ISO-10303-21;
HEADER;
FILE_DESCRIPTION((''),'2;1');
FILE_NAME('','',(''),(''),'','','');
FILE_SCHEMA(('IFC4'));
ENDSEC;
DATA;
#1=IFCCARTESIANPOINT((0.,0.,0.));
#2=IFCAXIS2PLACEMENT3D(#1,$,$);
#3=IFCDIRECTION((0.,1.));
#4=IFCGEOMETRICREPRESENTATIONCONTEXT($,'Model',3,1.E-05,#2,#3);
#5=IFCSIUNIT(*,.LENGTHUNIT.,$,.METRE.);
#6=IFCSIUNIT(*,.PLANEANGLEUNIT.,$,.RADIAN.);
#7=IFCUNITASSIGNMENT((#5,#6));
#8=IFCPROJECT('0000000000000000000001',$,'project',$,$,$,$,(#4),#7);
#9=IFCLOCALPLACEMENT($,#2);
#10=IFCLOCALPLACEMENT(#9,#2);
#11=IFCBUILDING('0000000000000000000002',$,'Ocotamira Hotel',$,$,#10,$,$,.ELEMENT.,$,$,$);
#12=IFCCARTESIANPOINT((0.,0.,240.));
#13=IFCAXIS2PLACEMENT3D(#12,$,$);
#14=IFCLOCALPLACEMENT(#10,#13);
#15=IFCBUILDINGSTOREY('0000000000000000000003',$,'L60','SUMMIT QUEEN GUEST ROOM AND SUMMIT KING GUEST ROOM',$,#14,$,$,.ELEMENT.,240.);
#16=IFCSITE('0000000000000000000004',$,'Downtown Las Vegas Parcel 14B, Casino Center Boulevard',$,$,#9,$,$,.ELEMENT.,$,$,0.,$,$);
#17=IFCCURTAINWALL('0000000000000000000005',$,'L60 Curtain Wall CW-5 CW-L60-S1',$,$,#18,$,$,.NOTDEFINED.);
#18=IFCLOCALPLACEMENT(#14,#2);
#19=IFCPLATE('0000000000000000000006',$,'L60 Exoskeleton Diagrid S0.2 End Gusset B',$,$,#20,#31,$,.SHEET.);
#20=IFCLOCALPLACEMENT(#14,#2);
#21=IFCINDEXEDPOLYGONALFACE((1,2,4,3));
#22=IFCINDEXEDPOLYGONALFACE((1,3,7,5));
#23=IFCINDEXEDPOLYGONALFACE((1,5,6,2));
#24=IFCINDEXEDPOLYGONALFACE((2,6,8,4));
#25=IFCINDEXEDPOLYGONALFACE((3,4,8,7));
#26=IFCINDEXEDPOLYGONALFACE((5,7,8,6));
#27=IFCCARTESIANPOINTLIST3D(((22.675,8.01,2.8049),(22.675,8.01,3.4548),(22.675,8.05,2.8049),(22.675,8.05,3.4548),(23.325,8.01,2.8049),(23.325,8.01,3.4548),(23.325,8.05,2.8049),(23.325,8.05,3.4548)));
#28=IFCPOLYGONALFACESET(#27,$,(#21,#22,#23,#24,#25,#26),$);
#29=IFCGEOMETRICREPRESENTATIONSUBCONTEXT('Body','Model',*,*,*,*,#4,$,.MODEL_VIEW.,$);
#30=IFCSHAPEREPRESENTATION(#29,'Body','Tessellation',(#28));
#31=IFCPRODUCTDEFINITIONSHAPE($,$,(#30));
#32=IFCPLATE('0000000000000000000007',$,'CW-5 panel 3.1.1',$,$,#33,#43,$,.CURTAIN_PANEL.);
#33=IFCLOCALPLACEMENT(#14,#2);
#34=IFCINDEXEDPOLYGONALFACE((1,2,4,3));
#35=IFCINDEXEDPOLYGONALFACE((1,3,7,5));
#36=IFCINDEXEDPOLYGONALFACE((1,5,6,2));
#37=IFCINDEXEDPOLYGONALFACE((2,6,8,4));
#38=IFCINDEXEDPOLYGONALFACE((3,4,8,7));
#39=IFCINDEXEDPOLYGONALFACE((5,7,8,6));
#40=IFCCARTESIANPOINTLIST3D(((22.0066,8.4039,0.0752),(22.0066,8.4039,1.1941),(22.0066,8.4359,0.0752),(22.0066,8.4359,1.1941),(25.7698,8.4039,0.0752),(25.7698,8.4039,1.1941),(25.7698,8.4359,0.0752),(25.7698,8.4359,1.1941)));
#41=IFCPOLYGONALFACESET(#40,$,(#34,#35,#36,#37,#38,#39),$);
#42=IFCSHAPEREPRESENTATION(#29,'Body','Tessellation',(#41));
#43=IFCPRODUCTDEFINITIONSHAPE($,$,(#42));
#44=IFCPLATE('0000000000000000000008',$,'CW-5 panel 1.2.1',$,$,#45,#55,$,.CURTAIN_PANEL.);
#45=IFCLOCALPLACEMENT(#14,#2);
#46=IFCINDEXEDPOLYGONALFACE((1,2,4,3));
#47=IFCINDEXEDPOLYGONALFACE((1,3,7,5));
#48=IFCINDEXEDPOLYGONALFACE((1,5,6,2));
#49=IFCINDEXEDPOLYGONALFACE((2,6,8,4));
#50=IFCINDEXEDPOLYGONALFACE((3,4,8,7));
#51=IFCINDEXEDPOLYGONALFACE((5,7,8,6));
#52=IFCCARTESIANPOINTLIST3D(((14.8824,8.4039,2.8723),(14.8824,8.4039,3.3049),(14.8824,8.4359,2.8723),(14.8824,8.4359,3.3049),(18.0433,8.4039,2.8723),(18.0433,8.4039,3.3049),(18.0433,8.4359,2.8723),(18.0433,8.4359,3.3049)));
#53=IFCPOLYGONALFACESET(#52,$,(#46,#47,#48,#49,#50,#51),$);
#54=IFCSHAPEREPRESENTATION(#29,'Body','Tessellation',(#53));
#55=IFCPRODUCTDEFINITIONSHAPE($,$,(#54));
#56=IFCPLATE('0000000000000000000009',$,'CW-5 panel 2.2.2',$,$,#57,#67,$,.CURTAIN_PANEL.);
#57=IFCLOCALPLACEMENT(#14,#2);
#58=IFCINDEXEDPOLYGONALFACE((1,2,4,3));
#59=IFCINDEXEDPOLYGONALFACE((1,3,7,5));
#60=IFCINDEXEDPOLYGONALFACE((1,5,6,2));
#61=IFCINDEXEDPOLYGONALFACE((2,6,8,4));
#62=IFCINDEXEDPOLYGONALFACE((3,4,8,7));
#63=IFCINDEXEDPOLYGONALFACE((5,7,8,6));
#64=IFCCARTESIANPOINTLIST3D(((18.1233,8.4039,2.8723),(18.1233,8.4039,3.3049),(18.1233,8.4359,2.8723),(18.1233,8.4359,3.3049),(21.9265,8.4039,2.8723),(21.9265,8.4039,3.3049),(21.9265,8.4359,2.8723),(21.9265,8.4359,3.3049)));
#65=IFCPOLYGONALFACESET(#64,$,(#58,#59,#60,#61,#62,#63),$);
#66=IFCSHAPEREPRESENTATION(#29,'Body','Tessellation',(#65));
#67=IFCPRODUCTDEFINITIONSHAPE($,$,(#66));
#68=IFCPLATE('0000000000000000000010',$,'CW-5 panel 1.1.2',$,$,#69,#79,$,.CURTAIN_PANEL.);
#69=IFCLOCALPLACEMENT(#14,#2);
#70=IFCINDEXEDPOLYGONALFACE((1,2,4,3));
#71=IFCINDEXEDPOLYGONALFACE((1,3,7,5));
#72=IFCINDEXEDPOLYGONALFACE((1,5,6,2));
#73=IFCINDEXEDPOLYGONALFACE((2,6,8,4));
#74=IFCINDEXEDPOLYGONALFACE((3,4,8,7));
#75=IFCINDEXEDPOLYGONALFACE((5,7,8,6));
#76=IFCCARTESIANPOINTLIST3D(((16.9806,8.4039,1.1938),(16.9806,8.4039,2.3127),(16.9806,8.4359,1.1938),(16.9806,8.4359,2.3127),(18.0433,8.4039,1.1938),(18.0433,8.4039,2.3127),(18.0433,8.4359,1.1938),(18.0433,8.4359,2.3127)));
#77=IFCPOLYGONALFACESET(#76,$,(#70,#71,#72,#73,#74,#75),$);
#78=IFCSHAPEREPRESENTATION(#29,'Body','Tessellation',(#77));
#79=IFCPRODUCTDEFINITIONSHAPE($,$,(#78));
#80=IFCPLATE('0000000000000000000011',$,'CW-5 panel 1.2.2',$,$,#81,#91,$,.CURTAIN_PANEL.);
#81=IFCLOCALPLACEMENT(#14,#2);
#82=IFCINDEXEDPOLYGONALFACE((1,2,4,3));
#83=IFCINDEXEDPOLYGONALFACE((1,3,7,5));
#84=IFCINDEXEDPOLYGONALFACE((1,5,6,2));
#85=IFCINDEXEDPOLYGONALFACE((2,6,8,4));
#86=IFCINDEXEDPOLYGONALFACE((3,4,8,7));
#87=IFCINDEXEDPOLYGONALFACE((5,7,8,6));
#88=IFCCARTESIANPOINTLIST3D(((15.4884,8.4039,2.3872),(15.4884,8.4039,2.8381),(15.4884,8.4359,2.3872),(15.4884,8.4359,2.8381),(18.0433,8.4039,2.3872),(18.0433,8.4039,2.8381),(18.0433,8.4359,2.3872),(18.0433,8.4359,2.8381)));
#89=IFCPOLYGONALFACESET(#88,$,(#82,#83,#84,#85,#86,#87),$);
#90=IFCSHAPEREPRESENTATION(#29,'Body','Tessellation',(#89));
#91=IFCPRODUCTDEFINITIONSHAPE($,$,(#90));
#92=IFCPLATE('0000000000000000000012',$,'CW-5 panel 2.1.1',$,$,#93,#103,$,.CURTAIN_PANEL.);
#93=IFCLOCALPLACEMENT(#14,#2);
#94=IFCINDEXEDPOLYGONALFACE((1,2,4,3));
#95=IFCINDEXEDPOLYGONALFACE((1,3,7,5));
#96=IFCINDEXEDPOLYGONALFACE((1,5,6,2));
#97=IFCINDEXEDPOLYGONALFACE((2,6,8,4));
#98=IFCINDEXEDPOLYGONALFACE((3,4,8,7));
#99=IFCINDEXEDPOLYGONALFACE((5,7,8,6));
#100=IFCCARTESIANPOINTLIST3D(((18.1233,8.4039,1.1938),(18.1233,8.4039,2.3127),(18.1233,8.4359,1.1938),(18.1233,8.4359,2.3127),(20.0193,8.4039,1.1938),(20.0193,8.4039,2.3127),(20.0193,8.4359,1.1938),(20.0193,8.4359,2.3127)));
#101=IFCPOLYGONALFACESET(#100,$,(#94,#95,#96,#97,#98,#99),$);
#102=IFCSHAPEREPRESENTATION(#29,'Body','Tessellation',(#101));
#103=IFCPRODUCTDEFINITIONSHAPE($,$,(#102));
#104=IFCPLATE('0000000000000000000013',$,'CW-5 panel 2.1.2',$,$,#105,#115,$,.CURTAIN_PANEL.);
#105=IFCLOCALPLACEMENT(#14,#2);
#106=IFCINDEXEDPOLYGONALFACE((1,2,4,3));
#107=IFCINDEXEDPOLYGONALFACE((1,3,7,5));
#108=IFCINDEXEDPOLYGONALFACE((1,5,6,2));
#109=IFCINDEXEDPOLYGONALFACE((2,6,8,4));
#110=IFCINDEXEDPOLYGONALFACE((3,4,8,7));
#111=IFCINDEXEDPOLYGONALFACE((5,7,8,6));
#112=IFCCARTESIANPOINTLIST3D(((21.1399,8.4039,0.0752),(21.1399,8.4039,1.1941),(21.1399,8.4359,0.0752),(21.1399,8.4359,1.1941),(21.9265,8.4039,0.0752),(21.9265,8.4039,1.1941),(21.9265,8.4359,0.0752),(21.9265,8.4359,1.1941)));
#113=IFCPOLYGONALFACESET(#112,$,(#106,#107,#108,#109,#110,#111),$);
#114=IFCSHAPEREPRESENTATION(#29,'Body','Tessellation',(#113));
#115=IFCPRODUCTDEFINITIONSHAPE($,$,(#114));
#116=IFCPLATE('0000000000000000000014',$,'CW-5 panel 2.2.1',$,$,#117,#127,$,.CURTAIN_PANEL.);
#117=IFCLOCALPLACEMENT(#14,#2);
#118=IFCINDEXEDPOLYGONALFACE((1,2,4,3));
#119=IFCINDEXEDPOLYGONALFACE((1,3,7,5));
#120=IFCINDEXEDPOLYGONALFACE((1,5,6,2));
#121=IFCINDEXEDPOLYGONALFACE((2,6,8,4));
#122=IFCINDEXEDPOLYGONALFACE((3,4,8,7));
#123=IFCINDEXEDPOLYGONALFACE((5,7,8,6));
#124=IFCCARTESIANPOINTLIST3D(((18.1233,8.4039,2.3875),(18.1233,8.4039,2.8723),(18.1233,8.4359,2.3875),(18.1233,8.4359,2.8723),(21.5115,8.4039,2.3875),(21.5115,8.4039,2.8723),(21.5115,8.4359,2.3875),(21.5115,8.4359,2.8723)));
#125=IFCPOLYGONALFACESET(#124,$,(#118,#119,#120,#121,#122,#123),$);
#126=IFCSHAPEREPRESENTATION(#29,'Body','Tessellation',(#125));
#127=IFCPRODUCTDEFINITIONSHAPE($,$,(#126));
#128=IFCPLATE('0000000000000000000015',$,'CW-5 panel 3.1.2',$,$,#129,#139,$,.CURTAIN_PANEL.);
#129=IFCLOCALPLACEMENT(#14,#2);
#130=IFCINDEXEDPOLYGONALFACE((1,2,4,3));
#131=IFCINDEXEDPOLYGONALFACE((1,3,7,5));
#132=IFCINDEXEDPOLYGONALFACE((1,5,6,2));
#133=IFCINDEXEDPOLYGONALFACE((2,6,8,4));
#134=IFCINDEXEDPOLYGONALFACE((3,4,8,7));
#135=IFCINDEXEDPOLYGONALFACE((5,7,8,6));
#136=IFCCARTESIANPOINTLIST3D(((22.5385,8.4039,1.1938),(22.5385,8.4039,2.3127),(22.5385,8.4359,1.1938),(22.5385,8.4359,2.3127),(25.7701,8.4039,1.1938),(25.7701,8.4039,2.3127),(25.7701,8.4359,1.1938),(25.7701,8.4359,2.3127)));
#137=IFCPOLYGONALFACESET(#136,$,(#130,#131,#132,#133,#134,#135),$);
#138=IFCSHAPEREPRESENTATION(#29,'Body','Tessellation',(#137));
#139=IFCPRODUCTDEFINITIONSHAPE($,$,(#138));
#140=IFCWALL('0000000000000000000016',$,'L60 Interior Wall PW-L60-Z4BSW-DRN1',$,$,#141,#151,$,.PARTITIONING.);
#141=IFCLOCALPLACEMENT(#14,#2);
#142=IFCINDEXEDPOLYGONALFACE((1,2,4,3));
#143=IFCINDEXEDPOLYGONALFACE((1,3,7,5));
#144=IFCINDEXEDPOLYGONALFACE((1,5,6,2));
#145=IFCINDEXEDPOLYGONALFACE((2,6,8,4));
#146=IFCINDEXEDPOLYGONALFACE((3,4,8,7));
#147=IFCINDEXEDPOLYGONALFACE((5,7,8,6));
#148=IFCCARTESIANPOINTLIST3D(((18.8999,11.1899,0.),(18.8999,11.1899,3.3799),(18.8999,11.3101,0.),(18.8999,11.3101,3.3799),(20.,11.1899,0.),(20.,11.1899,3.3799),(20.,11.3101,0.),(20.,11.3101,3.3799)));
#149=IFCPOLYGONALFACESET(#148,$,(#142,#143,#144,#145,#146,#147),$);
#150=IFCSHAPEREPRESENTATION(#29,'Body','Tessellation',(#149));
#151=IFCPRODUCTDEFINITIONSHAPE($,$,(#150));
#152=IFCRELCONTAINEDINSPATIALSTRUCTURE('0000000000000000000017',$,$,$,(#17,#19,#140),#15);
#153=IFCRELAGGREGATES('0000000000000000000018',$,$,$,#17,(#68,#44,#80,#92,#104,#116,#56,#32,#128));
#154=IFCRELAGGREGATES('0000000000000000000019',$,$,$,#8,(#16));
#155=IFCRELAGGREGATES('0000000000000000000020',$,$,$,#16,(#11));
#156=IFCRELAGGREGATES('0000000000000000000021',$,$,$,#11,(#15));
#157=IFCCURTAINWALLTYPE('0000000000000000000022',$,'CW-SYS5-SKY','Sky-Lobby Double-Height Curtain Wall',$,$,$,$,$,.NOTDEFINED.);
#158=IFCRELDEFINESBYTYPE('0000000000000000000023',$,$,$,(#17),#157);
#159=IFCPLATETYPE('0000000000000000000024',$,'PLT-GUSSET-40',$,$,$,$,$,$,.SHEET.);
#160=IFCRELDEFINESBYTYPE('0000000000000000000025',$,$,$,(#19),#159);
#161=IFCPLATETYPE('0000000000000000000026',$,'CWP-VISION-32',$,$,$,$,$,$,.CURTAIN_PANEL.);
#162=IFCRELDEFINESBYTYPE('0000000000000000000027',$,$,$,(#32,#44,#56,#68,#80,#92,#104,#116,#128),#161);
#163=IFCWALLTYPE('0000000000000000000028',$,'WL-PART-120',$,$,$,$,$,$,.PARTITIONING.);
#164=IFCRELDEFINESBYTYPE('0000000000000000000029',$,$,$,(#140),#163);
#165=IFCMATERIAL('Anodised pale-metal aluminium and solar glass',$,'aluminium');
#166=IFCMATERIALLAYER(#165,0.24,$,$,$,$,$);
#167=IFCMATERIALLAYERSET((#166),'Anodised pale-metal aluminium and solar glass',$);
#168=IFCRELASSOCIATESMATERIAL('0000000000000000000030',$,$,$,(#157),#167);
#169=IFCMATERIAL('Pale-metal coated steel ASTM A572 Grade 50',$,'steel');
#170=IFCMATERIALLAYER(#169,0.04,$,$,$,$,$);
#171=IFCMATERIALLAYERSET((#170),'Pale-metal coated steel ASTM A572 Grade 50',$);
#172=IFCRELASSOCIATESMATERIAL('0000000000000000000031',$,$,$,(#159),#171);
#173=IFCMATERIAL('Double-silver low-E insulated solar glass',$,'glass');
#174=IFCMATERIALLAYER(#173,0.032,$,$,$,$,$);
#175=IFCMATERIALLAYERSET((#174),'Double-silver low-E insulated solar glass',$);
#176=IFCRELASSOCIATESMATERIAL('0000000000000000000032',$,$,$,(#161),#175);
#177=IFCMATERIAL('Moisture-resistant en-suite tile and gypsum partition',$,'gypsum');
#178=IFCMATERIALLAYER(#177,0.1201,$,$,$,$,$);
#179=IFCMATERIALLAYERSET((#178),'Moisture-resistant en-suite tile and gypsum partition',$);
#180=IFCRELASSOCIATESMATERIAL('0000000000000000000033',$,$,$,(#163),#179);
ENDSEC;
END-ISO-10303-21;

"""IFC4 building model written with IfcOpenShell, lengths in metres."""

from ifc_helpers import new_model, si_unit, direction, frame, frame_2d, origin, origin_2d, place, context, subcontext, project, spatial, rectangle, extrude, source, transform, mapped, material, layer, layer_set, type_object, element, aggregate, save


model = new_model("IFC4")

# Units and contexts
model_context = context("Model", 3, precision=1e-05, world=origin(), true_north=direction((0.0, 1.0)))
body_context = subcontext(model_context, "Body", "Model", "MODEL_VIEW")
ifc_project = project(units=[si_unit("LENGTHUNIT", "METRE"), si_unit("PLANEANGLEUNIT", "RADIAN")], contexts=[model_context])

# Site, building, storey
site_placement = place(None, origin())
site = spatial("IfcSite", under=ifc_project, at=site_placement, Name="Downtown Las Vegas Parcel 14B, Casino Center Boulevard", CompositionType="ELEMENT", RefElevation=0.0)
building_placement = place(site_placement, origin())
building = spatial("IfcBuilding", under=site, at=building_placement, Name="Ocotamira Hotel", CompositionType="ELEMENT")
storey_placement = place(building_placement, frame((0.0, 0.0, 240.0)))
storey = spatial("IfcBuildingStorey", under=building, at=storey_placement, Name="L60", Description="SUMMIT QUEEN GUEST ROOM AND SUMMIT KING GUEST ROOM", CompositionType="ELEMENT", Elevation=240.0)

# Curtain wall
ifc_material_1 = material(Name="Anodised pale-metal aluminium and solar glass", Category="aluminium")
ifc_layer_1 = layer(ifc_material_1, 0.24)
ifc_layer_set_1 = layer_set([ifc_layer_1], Name="Anodised pale-metal aluminium and solar glass")
curtain_wall_type = type_object("IfcCurtainWallType", Name="CW-SYS5-SKY", Description="Sky-Lobby Double-Height Curtain Wall", PredefinedType="NOTDEFINED", material=ifc_layer_set_1)
curtain_wall_placement = place(storey_placement, origin())
curtain_wall = element("IfcCurtainWall", 1, at=curtain_wall_placement, inside=storey, type_object=curtain_wall_type, Name="L60 Curtain Wall CW-5 CW-L60-S1", PredefinedType="NOTDEFINED")

# Plates
ifc_material_2 = material(Name="Pale-metal coated steel ASTM A572 Grade 50", Category="steel")
ifc_layer_2 = layer(ifc_material_2, 0.04)
ifc_layer_set_2 = layer_set([ifc_layer_2], Name="Pale-metal coated steel ASTM A572 Grade 50")
plate_type_1 = type_object("IfcPlateType", Name="PLT-GUSSET-40", PredefinedType="SHEET", material=ifc_layer_set_2)
shared_shape_1 = source(origin(), body_context, "Body", "SweptSolid", [
    extrude(rectangle(XDim=0.6499, YDim=0.04, at=origin_2d()), origin(), (0.0, 0.0, 1.0), 0.6499),
])
plate_1_placement = place(storey_placement, frame((23.0, 8.03, 2.8049), z_axis=(0.0, 0.0, 1.0), x_axis=(1.0, 0.0, 0.0)))
element("IfcPlate", 2, at=plate_1_placement, inside=storey, type_object=plate_type_1, Name="L60 Exoskeleton Diagrid S0.2 End Gusset B", PredefinedType="SHEET", context=body_context, shape_type="MappedRepresentation", body=[
    mapped(shared_shape_1, transform((0.0, 0.0, 0.0), scale=1.0)),
])
ifc_material_3 = material(Name="Double-silver low-E insulated solar glass", Category="glass")
ifc_layer_3 = layer(ifc_material_3, 0.032)
ifc_layer_set_3 = layer_set([ifc_layer_3], Name="Double-silver low-E insulated solar glass")
plate_type_2 = type_object("IfcPlateType", Name="CWP-VISION-32", PredefinedType="CURTAIN_PANEL", material=ifc_layer_set_3)
shared_shape_2 = source(origin(), body_context, "Body", "SweptSolid", [
    extrude(rectangle(XDim=3.7632, YDim=0.032, at=origin_2d()), origin(), (0.0, 0.0, 1.0), 1.1189),
])
plate_2_placement = place(storey_placement, frame((23.8882, 8.4199, 0.0752), z_axis=(0.0, 0.0, 1.0), x_axis=(1.0, 0.0, 0.0)))
plate_2 = element("IfcPlate", 3, at=plate_2_placement, type_object=plate_type_2, Name="CW-5 panel 3.1.1", PredefinedType="CURTAIN_PANEL", context=body_context, shape_type="MappedRepresentation", body=[
    mapped(shared_shape_2, transform((0.0, 0.0, 0.0), scale=1.0)),
])
shared_shape_3 = source(origin(), body_context, "Body", "SweptSolid", [
    extrude(rectangle(XDim=3.1609, YDim=0.032, at=origin_2d()), origin(), (0.0, 0.0, 1.0), 0.4326),
])
plate_3_placement = place(storey_placement, frame((16.4629, 8.4199, 2.8723), z_axis=(0.0, 0.0, 1.0), x_axis=(1.0, 0.0, 0.0)))
plate_3 = element("IfcPlate", 4, at=plate_3_placement, type_object=plate_type_2, Name="CW-5 panel 1.2.1", PredefinedType="CURTAIN_PANEL", context=body_context, shape_type="MappedRepresentation", body=[
    mapped(shared_shape_3, transform((0.0, 0.0, 0.0), scale=1.0)),
])
shared_shape_4 = source(origin(), body_context, "Body", "SweptSolid", [
    extrude(rectangle(XDim=3.8032, YDim=0.032, at=origin_2d()), origin(), (0.0, 0.0, 1.0), 0.4326),
])
plate_4_placement = place(storey_placement, frame((20.0249, 8.4199, 2.8723), z_axis=(0.0, 0.0, 1.0), x_axis=(1.0, 0.0, 0.0)))
plate_4 = element("IfcPlate", 5, at=plate_4_placement, type_object=plate_type_2, Name="CW-5 panel 2.2.2", PredefinedType="CURTAIN_PANEL", context=body_context, shape_type="MappedRepresentation", body=[
    mapped(shared_shape_4, transform((0.0, 0.0, 0.0), scale=1.0)),
])
shared_shape_5 = source(origin(), body_context, "Body", "SweptSolid", [
    extrude(rectangle(XDim=1.0627, YDim=0.032, at=origin_2d()), origin(), (0.0, 0.0, 1.0), 1.1189),
])
plate_5_placement = place(storey_placement, frame((17.512, 8.4199, 1.1938), z_axis=(0.0, 0.0, 1.0), x_axis=(1.0, 0.0, 0.0)))
plate_5 = element("IfcPlate", 6, at=plate_5_placement, type_object=plate_type_2, Name="CW-5 panel 1.1.2", PredefinedType="CURTAIN_PANEL", context=body_context, shape_type="MappedRepresentation", body=[
    mapped(shared_shape_5, transform((0.0, 0.0, 0.0), scale=1.0)),
])
shared_shape_6 = source(origin(), body_context, "Body", "SweptSolid", [
    extrude(rectangle(XDim=2.5549, YDim=0.032, at=origin_2d()), origin(), (0.0, 0.0, 1.0), 0.4509),
])
plate_6_placement = place(storey_placement, frame((16.7659, 8.4199, 2.3872), z_axis=(0.0, 0.0, 1.0), x_axis=(1.0, 0.0, 0.0)))
plate_6 = element("IfcPlate", 7, at=plate_6_placement, type_object=plate_type_2, Name="CW-5 panel 1.2.2", PredefinedType="CURTAIN_PANEL", context=body_context, shape_type="MappedRepresentation", body=[
    mapped(shared_shape_6, transform((0.0, 0.0, 0.0), scale=1.0)),
])
shared_shape_7 = source(origin(), body_context, "Body", "SweptSolid", [
    extrude(rectangle(XDim=1.896, YDim=0.032, at=origin_2d()), origin(), (0.0, 0.0, 1.0), 1.1189),
])
plate_7_placement = place(storey_placement, frame((19.0713, 8.4199, 1.1938), z_axis=(0.0, 0.0, 1.0), x_axis=(1.0, 0.0, 0.0)))
plate_7 = element("IfcPlate", 8, at=plate_7_placement, type_object=plate_type_2, Name="CW-5 panel 2.1.1", PredefinedType="CURTAIN_PANEL", context=body_context, shape_type="MappedRepresentation", body=[
    mapped(shared_shape_7, transform((0.0, 0.0, 0.0), scale=1.0)),
])
shared_shape_8 = source(origin(), body_context, "Body", "SweptSolid", [
    extrude(rectangle(XDim=0.7866, YDim=0.032, at=origin_2d()), origin(), (0.0, 0.0, 1.0), 1.1189),
])
plate_8_placement = place(storey_placement, frame((21.5332, 8.4199, 0.0752), z_axis=(0.0, 0.0, 1.0), x_axis=(1.0, 0.0, 0.0)))
plate_8 = element("IfcPlate", 9, at=plate_8_placement, type_object=plate_type_2, Name="CW-5 panel 2.1.2", PredefinedType="CURTAIN_PANEL", context=body_context, shape_type="MappedRepresentation", body=[
    mapped(shared_shape_8, transform((0.0, 0.0, 0.0), scale=1.0)),
])
shared_shape_9 = source(origin(), body_context, "Body", "SweptSolid", [
    extrude(rectangle(XDim=3.3882, YDim=0.032, at=origin_2d()), origin(), (0.0, 0.0, 1.0), 0.4849),
])
plate_9_placement = place(storey_placement, frame((19.8174, 8.4199, 2.3875), z_axis=(0.0, 0.0, 1.0), x_axis=(1.0, 0.0, 0.0)))
plate_9 = element("IfcPlate", 10, at=plate_9_placement, type_object=plate_type_2, Name="CW-5 panel 2.2.1", PredefinedType="CURTAIN_PANEL", context=body_context, shape_type="MappedRepresentation", body=[
    mapped(shared_shape_9, transform((0.0, 0.0, 0.0), scale=1.0)),
])
shared_shape_10 = source(origin(), body_context, "Body", "SweptSolid", [
    extrude(rectangle(XDim=3.2317, YDim=0.032, at=origin_2d()), origin(), (0.0, 0.0, 1.0), 1.1189),
])
plate_10_placement = place(storey_placement, frame((24.1543, 8.4199, 1.1938), z_axis=(0.0, 0.0, 1.0), x_axis=(1.0, 0.0, 0.0)))
plate_10 = element("IfcPlate", 11, at=plate_10_placement, type_object=plate_type_2, Name="CW-5 panel 3.1.2", PredefinedType="CURTAIN_PANEL", context=body_context, shape_type="MappedRepresentation", body=[
    mapped(shared_shape_10, transform((0.0, 0.0, 0.0), scale=1.0)),
])
aggregate(curtain_wall, [plate_5, plate_3, plate_6, plate_7, plate_8, plate_9, plate_4, plate_2, plate_10])

# Wall
ifc_material_4 = material(Name="Moisture-resistant en-suite tile and gypsum partition", Category="gypsum")
ifc_layer_4 = layer(ifc_material_4, 0.1201)
ifc_layer_set_4 = layer_set([ifc_layer_4], Name="Moisture-resistant en-suite tile and gypsum partition")
wall_type_1 = type_object("IfcWallType", Name="WL-PART-120", PredefinedType="PARTITIONING", material=ifc_layer_set_4)
wall_1_placement = place(storey_placement, frame((18.8999, 11.25, 0.0), z_axis=(0.0, 0.0, 1.0), x_axis=(1.0, 0.0, 0.0)))
element("IfcWall", 12, at=wall_1_placement, inside=storey, type_object=wall_type_1, Name="L60 Interior Wall PW-L60-Z4BSW-DRN1", PredefinedType="PARTITIONING", context=body_context, shape_type="SweptSolid", body=[
    extrude(rectangle(XDim=1.1001, YDim=0.1201, at=frame_2d((0.55, 0.0))), origin(), (0.0, 0.0, 1.0), 3.3799),
])

save(model, "model.ifc")
